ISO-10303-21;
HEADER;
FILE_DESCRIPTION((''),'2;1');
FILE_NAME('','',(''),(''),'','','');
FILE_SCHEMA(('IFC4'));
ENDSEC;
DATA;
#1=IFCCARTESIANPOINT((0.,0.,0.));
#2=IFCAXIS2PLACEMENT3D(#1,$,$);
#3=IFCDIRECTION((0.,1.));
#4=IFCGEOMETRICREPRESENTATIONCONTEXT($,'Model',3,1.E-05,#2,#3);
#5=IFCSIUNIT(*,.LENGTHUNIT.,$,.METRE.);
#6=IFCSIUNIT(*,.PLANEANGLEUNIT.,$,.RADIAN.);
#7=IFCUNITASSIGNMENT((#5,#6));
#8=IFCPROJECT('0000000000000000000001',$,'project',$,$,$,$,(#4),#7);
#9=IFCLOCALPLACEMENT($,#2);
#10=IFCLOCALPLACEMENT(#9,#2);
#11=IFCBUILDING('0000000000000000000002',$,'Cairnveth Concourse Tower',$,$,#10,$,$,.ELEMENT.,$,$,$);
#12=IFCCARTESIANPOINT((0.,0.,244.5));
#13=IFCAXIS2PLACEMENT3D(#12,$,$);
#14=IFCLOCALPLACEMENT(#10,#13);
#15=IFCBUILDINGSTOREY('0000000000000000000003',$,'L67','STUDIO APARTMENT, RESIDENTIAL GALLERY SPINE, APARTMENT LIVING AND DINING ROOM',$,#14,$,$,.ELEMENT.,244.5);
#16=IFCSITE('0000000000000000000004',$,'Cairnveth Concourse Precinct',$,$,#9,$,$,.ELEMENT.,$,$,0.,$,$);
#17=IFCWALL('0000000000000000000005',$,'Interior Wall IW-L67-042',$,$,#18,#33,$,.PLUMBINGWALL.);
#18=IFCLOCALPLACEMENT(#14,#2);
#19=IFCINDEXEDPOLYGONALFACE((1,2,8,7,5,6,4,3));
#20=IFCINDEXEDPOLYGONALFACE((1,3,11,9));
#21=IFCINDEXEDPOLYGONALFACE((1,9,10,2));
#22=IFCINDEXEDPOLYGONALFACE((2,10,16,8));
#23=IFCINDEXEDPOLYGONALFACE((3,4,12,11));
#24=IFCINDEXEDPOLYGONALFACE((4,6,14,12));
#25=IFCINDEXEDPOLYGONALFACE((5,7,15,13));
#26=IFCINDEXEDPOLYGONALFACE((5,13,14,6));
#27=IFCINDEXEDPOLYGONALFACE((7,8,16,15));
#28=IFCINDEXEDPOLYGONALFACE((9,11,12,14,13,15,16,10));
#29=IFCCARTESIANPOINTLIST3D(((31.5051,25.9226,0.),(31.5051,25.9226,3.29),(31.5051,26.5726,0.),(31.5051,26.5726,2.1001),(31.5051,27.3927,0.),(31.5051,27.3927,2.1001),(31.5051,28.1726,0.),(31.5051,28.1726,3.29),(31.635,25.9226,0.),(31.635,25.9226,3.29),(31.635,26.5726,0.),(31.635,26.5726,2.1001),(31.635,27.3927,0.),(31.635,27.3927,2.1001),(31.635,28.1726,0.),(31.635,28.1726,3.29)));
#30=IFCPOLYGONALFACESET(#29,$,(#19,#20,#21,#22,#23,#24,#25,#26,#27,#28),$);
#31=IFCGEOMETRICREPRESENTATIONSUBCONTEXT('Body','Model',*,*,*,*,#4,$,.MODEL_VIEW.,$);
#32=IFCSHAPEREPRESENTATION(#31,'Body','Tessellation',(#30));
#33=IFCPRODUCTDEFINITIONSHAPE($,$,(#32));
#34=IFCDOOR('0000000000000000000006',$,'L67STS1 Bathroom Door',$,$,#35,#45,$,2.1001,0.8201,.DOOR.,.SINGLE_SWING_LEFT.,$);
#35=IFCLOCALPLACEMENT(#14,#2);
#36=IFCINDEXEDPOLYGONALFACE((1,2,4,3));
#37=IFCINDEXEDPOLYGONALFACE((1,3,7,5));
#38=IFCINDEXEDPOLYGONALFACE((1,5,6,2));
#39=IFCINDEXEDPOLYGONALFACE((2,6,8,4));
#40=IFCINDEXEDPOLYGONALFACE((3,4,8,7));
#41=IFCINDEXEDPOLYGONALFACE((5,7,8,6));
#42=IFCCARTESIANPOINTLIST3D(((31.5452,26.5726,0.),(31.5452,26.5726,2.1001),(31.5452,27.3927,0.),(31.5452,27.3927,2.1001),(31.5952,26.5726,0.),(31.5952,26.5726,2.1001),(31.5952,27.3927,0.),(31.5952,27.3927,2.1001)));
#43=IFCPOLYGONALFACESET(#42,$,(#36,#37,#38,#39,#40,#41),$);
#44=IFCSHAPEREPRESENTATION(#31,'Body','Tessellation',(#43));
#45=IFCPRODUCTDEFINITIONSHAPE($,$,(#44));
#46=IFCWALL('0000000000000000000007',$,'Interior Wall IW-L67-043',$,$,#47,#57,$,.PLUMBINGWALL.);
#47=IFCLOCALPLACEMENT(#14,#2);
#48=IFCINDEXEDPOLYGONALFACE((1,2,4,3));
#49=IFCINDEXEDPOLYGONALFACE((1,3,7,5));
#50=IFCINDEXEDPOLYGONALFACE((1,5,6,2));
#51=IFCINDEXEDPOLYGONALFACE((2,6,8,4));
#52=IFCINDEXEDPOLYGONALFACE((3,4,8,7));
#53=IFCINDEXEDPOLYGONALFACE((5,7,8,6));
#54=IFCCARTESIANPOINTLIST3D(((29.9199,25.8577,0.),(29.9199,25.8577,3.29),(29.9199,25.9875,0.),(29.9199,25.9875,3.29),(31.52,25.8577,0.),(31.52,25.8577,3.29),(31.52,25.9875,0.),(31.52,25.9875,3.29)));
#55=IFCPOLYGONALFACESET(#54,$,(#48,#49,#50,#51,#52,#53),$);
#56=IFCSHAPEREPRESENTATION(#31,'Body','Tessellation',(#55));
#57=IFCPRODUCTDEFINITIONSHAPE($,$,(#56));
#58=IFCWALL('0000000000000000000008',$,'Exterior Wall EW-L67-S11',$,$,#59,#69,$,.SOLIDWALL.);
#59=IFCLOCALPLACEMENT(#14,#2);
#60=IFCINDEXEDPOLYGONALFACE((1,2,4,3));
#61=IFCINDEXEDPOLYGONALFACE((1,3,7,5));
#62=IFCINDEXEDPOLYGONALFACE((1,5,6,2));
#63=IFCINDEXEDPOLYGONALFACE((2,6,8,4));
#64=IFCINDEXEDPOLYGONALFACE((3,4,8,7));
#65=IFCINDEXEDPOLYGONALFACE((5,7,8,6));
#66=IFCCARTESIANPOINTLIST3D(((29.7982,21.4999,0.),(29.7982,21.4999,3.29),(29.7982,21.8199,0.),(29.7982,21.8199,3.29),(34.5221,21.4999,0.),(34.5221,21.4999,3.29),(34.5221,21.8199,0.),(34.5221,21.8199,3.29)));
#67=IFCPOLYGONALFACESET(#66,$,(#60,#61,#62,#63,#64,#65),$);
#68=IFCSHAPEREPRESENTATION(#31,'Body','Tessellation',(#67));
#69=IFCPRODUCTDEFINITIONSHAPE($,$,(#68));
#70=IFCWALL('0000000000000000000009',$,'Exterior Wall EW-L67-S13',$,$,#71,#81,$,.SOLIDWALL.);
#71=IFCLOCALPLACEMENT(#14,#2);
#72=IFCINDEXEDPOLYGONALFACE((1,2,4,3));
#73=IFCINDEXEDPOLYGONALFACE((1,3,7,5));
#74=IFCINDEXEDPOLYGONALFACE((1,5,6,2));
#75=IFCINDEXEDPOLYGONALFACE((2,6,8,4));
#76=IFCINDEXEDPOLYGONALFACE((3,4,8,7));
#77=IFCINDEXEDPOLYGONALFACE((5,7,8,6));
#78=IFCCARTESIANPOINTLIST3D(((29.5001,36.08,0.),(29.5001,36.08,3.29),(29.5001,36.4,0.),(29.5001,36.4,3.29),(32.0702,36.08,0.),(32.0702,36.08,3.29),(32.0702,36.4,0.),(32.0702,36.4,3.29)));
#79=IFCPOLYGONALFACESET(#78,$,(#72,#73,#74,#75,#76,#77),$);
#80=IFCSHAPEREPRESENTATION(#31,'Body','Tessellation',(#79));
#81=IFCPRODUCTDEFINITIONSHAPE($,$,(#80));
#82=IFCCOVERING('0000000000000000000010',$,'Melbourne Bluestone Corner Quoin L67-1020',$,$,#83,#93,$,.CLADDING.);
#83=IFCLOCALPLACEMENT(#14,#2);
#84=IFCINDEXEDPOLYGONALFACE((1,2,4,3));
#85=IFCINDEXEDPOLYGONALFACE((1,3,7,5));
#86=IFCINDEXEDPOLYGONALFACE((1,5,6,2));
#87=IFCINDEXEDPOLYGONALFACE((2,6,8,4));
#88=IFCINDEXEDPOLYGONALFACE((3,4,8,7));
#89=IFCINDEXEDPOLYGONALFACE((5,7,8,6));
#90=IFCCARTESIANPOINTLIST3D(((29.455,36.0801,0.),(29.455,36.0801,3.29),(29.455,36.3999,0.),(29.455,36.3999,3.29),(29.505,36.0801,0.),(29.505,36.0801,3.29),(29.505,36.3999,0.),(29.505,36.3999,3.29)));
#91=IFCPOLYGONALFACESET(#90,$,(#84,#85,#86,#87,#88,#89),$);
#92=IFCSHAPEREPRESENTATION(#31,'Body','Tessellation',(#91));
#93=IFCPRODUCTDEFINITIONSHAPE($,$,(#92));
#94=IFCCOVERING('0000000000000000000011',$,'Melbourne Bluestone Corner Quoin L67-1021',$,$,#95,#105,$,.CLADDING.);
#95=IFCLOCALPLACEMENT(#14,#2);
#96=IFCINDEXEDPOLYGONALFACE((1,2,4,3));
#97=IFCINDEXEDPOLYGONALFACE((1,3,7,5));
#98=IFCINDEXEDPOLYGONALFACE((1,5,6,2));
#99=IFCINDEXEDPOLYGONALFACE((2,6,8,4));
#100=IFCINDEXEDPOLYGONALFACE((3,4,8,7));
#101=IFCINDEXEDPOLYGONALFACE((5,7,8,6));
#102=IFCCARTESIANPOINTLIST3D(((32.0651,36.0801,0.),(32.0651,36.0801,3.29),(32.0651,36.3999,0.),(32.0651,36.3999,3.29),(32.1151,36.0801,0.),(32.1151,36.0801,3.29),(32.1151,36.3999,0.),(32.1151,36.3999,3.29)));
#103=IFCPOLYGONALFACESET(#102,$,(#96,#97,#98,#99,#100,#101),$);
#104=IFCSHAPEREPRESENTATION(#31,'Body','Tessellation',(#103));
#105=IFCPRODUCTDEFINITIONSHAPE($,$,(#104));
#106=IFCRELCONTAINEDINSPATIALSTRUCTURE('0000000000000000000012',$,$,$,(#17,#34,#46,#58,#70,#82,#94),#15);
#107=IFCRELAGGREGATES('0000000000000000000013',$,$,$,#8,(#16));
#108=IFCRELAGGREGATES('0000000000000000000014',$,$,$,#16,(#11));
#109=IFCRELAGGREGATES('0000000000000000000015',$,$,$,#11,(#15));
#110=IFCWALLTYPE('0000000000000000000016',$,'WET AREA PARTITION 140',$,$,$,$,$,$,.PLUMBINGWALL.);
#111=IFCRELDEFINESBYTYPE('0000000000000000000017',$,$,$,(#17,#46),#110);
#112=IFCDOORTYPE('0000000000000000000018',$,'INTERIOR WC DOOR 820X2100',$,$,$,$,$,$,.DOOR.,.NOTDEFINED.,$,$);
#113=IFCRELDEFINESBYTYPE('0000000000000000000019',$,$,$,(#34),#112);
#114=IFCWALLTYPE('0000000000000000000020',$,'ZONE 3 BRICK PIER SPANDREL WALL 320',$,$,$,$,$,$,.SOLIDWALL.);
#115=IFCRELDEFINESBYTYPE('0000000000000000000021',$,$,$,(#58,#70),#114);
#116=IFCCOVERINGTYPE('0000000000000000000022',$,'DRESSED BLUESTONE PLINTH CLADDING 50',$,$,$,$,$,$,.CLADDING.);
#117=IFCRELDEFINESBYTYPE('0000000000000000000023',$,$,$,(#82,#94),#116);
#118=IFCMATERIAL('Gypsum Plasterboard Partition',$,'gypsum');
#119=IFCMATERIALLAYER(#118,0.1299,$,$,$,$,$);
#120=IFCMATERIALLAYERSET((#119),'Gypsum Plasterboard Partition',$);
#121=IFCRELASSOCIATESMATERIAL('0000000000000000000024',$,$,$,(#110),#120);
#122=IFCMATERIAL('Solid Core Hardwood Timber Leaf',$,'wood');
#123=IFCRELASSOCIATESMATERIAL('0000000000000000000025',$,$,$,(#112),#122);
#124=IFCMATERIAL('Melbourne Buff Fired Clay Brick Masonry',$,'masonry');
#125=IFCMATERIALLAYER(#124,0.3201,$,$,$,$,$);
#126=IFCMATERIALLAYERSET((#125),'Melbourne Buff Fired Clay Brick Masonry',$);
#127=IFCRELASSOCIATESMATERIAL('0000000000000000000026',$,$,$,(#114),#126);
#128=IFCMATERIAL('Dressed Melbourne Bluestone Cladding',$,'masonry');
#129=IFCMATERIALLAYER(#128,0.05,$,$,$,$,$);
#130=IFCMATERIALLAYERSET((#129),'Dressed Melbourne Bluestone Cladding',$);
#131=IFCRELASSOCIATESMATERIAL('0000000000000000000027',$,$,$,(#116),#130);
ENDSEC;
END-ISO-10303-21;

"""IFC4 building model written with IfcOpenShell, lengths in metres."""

from ifc_helpers import new_model, si_unit, direction, frame, frame_2d, origin, place, context, subcontext, project, spatial, rectangle, extrude, material, layer, layer_set, type_object, element, fill, save


model = new_model("IFC4")

# Units and contexts
model_context = context("Model", 3, precision=1e-05, world=origin(), true_north=direction((0.0, 1.0)))
body_context = subcontext(model_context, "Body", "Model", "MODEL_VIEW")
ifc_project = project(units=[si_unit("LENGTHUNIT", "METRE"), si_unit("PLANEANGLEUNIT", "RADIAN")], contexts=[model_context])

# Site, building, storey
site_placement = place(None, origin())
site = spatial("IfcSite", under=ifc_project, at=site_placement, Name="Cairnveth Concourse Precinct", CompositionType="ELEMENT", RefElevation=0.0)
building_placement = place(site_placement, origin())
building = spatial("IfcBuilding", under=site, at=building_placement, Name="Cairnveth Concourse Tower", CompositionType="ELEMENT")
storey_placement = place(building_placement, frame((0.0, 0.0, 244.5)))
storey = spatial("IfcBuildingStorey", under=building, at=storey_placement, Name="L67", Description="STUDIO APARTMENT, RESIDENTIAL GALLERY SPINE, APARTMENT LIVING AND DINING ROOM", CompositionType="ELEMENT", Elevation=244.5)

# Shared definitions
ifc_material_1 = material(Name="Gypsum Plasterboard Partition", Category="gypsum")
ifc_material_2 = material(Name="Solid Core Hardwood Timber Leaf", Category="wood")

# Shared definitions
ifc_material_3 = material(Name="Dressed Melbourne Bluestone Cladding", Category="masonry")

# Wall, opening, door
ifc_layer_1 = layer(ifc_material_1, 0.1299)
ifc_layer_set_1 = layer_set([ifc_layer_1], Name="Gypsum Plasterboard Partition")
wall_type_1 = type_object("IfcWallType", Name="WET AREA PARTITION 140", PredefinedType="PLUMBINGWALL", material=ifc_layer_set_1)
wall_1_placement = place(storey_placement, frame((31.5701, 25.9226, 0.0), z_axis=(0.0, 0.0, 1.0), x_axis=(0.0, 1.0, 0.0)))
wall_1 = element("IfcWall", 1, at=wall_1_placement, inside=storey, type_object=wall_type_1, Name="Interior Wall IW-L67-042", PredefinedType="PLUMBINGWALL", context=body_context, shape_type="SweptSolid", body=[
    extrude(rectangle(XDim=2.25, YDim=0.1299, at=frame_2d((1.125, 0.0))), origin(), (0.0, 0.0, 1.0), 3.29),
])
opening_1_placement = place(wall_1_placement, frame((0.6499, 0.0, 0.0)))
opening_1 = element("IfcOpeningElement", 2, at=opening_1_placement, cuts=wall_1, PredefinedType="OPENING", context=body_context, shape_type="SweptSolid", body=[
    extrude(rectangle(XDim=0.8201, YDim=2.1001, at=frame_2d((0.4102, 1.05))), frame((0.0, 0.075, 0.0), z_axis=(0.0, -1.0, 0.0), x_axis=(1.0, 0.0, 0.0)), (0.0, 0.0, 1.0), 0.1499),
])
door_type_1 = type_object("IfcDoorType", Name="INTERIOR WC DOOR 820X2100", OperationType="NOTDEFINED", PredefinedType="DOOR", material=ifc_material_2)
door_1_placement = place(opening_1_placement, origin())
door_1 = element("IfcDoor", 3, at=door_1_placement, inside=storey, type_object=door_type_1, Name="L67STS1 Bathroom Door", OperationType="SINGLE_SWING_LEFT", OverallHeight=2.1001, OverallWidth=0.8201, PredefinedType="DOOR", context=body_context, shape_type="SweptSolid", body=[
    extrude(rectangle(XDim=0.8201, YDim=2.1001, at=frame_2d((0.4102, 1.05))), frame((0.0, 0.0249, 0.0), z_axis=(0.0, -1.0, 0.0), x_axis=(1.0, 0.0, 0.0)), (0.0, 0.0, 1.0), 0.05),
])
fill(opening_1, door_1)

# Walls
wall_2_placement = place(storey_placement, frame((29.9199, 25.9226, 0.0), z_axis=(0.0, 0.0, 1.0), x_axis=(1.0, 0.0, 0.0)))
element("IfcWall", 4, at=wall_2_placement, inside=storey, type_object=wall_type_1, Name="Interior Wall IW-L67-043", PredefinedType="PLUMBINGWALL", context=body_context, shape_type="SweptSolid", body=[
    extrude(rectangle(XDim=1.6001, YDim=0.1299, at=frame_2d((0.8, 0.0))), origin(), (0.0, 0.0, 1.0), 3.29),
])
ifc_material_4 = material(Name="Melbourne Buff Fired Clay Brick Masonry", Category="masonry")
ifc_layer_2 = layer(ifc_material_4, 0.3201)
ifc_layer_set_2 = layer_set([ifc_layer_2], Name="Melbourne Buff Fired Clay Brick Masonry")
wall_type_2 = type_object("IfcWallType", Name="ZONE 3 BRICK PIER SPANDREL WALL 320", PredefinedType="SOLIDWALL", material=ifc_layer_set_2)
wall_3_placement = place(storey_placement, frame((34.522, 21.6599, 0.0), z_axis=(0.0, 0.0, 1.0), x_axis=(-1.0, 0.0, 0.0)))
element("IfcWall", 5, at=wall_3_placement, inside=storey, type_object=wall_type_2, Name="Exterior Wall EW-L67-S11", PredefinedType="SOLIDWALL", context=body_context, shape_type="SweptSolid", body=[
    extrude(rectangle(XDim=4.7239, YDim=0.3201, at=frame_2d((2.3618, 0.0))), origin(), (0.0, 0.0, 1.0), 3.29),
])
wall_4_placement = place(storey_placement, frame((29.5, 36.24, 0.0), z_axis=(0.0, 0.0, 1.0), x_axis=(1.0, 0.0, 0.0)))
element("IfcWall", 6, at=wall_4_placement, inside=storey, type_object=wall_type_2, Name="Exterior Wall EW-L67-S13", PredefinedType="SOLIDWALL", context=body_context, shape_type="SweptSolid", body=[
    extrude(rectangle(XDim=2.5701, YDim=0.3201, at=frame_2d((1.2852, 0.0))), origin(), (0.0, 0.0, 1.0), 3.29),
])

# Coverings
ifc_layer_3 = layer(ifc_material_3, 0.05)
ifc_layer_set_3 = layer_set([ifc_layer_3], Name="Dressed Melbourne Bluestone Cladding")
covering_type = type_object("IfcCoveringType", Name="DRESSED BLUESTONE PLINTH CLADDING 50", PredefinedType="CLADDING", material=ifc_layer_set_3)
for number, where, z_axis, x_axis, name in (
    (7, (29.48, 36.0801, 0.0), (0.0, 0.0, 1.0), (0.0, 1.0, 0.0), "Melbourne Bluestone Corner Quoin L67-1020"),
    (8, (32.0901, 36.0801, 0.0), (0.0, 0.0, 1.0), (0.0, 1.0, 0.0), "Melbourne Bluestone Corner Quoin L67-1021"),
):
    element("IfcCovering", number, at=place(storey_placement, frame(where, z_axis=z_axis, x_axis=x_axis)), inside=storey, type_object=covering_type, Name=name, PredefinedType="CLADDING", context=body_context, shape_type="SweptSolid", body=[
        extrude(rectangle(XDim=0.3198, YDim=0.05, at=frame_2d((0.1599, 0.0))), origin(), (0.0, 0.0, 1.0), 3.29),
    ])

save(model, "model.ifc")
